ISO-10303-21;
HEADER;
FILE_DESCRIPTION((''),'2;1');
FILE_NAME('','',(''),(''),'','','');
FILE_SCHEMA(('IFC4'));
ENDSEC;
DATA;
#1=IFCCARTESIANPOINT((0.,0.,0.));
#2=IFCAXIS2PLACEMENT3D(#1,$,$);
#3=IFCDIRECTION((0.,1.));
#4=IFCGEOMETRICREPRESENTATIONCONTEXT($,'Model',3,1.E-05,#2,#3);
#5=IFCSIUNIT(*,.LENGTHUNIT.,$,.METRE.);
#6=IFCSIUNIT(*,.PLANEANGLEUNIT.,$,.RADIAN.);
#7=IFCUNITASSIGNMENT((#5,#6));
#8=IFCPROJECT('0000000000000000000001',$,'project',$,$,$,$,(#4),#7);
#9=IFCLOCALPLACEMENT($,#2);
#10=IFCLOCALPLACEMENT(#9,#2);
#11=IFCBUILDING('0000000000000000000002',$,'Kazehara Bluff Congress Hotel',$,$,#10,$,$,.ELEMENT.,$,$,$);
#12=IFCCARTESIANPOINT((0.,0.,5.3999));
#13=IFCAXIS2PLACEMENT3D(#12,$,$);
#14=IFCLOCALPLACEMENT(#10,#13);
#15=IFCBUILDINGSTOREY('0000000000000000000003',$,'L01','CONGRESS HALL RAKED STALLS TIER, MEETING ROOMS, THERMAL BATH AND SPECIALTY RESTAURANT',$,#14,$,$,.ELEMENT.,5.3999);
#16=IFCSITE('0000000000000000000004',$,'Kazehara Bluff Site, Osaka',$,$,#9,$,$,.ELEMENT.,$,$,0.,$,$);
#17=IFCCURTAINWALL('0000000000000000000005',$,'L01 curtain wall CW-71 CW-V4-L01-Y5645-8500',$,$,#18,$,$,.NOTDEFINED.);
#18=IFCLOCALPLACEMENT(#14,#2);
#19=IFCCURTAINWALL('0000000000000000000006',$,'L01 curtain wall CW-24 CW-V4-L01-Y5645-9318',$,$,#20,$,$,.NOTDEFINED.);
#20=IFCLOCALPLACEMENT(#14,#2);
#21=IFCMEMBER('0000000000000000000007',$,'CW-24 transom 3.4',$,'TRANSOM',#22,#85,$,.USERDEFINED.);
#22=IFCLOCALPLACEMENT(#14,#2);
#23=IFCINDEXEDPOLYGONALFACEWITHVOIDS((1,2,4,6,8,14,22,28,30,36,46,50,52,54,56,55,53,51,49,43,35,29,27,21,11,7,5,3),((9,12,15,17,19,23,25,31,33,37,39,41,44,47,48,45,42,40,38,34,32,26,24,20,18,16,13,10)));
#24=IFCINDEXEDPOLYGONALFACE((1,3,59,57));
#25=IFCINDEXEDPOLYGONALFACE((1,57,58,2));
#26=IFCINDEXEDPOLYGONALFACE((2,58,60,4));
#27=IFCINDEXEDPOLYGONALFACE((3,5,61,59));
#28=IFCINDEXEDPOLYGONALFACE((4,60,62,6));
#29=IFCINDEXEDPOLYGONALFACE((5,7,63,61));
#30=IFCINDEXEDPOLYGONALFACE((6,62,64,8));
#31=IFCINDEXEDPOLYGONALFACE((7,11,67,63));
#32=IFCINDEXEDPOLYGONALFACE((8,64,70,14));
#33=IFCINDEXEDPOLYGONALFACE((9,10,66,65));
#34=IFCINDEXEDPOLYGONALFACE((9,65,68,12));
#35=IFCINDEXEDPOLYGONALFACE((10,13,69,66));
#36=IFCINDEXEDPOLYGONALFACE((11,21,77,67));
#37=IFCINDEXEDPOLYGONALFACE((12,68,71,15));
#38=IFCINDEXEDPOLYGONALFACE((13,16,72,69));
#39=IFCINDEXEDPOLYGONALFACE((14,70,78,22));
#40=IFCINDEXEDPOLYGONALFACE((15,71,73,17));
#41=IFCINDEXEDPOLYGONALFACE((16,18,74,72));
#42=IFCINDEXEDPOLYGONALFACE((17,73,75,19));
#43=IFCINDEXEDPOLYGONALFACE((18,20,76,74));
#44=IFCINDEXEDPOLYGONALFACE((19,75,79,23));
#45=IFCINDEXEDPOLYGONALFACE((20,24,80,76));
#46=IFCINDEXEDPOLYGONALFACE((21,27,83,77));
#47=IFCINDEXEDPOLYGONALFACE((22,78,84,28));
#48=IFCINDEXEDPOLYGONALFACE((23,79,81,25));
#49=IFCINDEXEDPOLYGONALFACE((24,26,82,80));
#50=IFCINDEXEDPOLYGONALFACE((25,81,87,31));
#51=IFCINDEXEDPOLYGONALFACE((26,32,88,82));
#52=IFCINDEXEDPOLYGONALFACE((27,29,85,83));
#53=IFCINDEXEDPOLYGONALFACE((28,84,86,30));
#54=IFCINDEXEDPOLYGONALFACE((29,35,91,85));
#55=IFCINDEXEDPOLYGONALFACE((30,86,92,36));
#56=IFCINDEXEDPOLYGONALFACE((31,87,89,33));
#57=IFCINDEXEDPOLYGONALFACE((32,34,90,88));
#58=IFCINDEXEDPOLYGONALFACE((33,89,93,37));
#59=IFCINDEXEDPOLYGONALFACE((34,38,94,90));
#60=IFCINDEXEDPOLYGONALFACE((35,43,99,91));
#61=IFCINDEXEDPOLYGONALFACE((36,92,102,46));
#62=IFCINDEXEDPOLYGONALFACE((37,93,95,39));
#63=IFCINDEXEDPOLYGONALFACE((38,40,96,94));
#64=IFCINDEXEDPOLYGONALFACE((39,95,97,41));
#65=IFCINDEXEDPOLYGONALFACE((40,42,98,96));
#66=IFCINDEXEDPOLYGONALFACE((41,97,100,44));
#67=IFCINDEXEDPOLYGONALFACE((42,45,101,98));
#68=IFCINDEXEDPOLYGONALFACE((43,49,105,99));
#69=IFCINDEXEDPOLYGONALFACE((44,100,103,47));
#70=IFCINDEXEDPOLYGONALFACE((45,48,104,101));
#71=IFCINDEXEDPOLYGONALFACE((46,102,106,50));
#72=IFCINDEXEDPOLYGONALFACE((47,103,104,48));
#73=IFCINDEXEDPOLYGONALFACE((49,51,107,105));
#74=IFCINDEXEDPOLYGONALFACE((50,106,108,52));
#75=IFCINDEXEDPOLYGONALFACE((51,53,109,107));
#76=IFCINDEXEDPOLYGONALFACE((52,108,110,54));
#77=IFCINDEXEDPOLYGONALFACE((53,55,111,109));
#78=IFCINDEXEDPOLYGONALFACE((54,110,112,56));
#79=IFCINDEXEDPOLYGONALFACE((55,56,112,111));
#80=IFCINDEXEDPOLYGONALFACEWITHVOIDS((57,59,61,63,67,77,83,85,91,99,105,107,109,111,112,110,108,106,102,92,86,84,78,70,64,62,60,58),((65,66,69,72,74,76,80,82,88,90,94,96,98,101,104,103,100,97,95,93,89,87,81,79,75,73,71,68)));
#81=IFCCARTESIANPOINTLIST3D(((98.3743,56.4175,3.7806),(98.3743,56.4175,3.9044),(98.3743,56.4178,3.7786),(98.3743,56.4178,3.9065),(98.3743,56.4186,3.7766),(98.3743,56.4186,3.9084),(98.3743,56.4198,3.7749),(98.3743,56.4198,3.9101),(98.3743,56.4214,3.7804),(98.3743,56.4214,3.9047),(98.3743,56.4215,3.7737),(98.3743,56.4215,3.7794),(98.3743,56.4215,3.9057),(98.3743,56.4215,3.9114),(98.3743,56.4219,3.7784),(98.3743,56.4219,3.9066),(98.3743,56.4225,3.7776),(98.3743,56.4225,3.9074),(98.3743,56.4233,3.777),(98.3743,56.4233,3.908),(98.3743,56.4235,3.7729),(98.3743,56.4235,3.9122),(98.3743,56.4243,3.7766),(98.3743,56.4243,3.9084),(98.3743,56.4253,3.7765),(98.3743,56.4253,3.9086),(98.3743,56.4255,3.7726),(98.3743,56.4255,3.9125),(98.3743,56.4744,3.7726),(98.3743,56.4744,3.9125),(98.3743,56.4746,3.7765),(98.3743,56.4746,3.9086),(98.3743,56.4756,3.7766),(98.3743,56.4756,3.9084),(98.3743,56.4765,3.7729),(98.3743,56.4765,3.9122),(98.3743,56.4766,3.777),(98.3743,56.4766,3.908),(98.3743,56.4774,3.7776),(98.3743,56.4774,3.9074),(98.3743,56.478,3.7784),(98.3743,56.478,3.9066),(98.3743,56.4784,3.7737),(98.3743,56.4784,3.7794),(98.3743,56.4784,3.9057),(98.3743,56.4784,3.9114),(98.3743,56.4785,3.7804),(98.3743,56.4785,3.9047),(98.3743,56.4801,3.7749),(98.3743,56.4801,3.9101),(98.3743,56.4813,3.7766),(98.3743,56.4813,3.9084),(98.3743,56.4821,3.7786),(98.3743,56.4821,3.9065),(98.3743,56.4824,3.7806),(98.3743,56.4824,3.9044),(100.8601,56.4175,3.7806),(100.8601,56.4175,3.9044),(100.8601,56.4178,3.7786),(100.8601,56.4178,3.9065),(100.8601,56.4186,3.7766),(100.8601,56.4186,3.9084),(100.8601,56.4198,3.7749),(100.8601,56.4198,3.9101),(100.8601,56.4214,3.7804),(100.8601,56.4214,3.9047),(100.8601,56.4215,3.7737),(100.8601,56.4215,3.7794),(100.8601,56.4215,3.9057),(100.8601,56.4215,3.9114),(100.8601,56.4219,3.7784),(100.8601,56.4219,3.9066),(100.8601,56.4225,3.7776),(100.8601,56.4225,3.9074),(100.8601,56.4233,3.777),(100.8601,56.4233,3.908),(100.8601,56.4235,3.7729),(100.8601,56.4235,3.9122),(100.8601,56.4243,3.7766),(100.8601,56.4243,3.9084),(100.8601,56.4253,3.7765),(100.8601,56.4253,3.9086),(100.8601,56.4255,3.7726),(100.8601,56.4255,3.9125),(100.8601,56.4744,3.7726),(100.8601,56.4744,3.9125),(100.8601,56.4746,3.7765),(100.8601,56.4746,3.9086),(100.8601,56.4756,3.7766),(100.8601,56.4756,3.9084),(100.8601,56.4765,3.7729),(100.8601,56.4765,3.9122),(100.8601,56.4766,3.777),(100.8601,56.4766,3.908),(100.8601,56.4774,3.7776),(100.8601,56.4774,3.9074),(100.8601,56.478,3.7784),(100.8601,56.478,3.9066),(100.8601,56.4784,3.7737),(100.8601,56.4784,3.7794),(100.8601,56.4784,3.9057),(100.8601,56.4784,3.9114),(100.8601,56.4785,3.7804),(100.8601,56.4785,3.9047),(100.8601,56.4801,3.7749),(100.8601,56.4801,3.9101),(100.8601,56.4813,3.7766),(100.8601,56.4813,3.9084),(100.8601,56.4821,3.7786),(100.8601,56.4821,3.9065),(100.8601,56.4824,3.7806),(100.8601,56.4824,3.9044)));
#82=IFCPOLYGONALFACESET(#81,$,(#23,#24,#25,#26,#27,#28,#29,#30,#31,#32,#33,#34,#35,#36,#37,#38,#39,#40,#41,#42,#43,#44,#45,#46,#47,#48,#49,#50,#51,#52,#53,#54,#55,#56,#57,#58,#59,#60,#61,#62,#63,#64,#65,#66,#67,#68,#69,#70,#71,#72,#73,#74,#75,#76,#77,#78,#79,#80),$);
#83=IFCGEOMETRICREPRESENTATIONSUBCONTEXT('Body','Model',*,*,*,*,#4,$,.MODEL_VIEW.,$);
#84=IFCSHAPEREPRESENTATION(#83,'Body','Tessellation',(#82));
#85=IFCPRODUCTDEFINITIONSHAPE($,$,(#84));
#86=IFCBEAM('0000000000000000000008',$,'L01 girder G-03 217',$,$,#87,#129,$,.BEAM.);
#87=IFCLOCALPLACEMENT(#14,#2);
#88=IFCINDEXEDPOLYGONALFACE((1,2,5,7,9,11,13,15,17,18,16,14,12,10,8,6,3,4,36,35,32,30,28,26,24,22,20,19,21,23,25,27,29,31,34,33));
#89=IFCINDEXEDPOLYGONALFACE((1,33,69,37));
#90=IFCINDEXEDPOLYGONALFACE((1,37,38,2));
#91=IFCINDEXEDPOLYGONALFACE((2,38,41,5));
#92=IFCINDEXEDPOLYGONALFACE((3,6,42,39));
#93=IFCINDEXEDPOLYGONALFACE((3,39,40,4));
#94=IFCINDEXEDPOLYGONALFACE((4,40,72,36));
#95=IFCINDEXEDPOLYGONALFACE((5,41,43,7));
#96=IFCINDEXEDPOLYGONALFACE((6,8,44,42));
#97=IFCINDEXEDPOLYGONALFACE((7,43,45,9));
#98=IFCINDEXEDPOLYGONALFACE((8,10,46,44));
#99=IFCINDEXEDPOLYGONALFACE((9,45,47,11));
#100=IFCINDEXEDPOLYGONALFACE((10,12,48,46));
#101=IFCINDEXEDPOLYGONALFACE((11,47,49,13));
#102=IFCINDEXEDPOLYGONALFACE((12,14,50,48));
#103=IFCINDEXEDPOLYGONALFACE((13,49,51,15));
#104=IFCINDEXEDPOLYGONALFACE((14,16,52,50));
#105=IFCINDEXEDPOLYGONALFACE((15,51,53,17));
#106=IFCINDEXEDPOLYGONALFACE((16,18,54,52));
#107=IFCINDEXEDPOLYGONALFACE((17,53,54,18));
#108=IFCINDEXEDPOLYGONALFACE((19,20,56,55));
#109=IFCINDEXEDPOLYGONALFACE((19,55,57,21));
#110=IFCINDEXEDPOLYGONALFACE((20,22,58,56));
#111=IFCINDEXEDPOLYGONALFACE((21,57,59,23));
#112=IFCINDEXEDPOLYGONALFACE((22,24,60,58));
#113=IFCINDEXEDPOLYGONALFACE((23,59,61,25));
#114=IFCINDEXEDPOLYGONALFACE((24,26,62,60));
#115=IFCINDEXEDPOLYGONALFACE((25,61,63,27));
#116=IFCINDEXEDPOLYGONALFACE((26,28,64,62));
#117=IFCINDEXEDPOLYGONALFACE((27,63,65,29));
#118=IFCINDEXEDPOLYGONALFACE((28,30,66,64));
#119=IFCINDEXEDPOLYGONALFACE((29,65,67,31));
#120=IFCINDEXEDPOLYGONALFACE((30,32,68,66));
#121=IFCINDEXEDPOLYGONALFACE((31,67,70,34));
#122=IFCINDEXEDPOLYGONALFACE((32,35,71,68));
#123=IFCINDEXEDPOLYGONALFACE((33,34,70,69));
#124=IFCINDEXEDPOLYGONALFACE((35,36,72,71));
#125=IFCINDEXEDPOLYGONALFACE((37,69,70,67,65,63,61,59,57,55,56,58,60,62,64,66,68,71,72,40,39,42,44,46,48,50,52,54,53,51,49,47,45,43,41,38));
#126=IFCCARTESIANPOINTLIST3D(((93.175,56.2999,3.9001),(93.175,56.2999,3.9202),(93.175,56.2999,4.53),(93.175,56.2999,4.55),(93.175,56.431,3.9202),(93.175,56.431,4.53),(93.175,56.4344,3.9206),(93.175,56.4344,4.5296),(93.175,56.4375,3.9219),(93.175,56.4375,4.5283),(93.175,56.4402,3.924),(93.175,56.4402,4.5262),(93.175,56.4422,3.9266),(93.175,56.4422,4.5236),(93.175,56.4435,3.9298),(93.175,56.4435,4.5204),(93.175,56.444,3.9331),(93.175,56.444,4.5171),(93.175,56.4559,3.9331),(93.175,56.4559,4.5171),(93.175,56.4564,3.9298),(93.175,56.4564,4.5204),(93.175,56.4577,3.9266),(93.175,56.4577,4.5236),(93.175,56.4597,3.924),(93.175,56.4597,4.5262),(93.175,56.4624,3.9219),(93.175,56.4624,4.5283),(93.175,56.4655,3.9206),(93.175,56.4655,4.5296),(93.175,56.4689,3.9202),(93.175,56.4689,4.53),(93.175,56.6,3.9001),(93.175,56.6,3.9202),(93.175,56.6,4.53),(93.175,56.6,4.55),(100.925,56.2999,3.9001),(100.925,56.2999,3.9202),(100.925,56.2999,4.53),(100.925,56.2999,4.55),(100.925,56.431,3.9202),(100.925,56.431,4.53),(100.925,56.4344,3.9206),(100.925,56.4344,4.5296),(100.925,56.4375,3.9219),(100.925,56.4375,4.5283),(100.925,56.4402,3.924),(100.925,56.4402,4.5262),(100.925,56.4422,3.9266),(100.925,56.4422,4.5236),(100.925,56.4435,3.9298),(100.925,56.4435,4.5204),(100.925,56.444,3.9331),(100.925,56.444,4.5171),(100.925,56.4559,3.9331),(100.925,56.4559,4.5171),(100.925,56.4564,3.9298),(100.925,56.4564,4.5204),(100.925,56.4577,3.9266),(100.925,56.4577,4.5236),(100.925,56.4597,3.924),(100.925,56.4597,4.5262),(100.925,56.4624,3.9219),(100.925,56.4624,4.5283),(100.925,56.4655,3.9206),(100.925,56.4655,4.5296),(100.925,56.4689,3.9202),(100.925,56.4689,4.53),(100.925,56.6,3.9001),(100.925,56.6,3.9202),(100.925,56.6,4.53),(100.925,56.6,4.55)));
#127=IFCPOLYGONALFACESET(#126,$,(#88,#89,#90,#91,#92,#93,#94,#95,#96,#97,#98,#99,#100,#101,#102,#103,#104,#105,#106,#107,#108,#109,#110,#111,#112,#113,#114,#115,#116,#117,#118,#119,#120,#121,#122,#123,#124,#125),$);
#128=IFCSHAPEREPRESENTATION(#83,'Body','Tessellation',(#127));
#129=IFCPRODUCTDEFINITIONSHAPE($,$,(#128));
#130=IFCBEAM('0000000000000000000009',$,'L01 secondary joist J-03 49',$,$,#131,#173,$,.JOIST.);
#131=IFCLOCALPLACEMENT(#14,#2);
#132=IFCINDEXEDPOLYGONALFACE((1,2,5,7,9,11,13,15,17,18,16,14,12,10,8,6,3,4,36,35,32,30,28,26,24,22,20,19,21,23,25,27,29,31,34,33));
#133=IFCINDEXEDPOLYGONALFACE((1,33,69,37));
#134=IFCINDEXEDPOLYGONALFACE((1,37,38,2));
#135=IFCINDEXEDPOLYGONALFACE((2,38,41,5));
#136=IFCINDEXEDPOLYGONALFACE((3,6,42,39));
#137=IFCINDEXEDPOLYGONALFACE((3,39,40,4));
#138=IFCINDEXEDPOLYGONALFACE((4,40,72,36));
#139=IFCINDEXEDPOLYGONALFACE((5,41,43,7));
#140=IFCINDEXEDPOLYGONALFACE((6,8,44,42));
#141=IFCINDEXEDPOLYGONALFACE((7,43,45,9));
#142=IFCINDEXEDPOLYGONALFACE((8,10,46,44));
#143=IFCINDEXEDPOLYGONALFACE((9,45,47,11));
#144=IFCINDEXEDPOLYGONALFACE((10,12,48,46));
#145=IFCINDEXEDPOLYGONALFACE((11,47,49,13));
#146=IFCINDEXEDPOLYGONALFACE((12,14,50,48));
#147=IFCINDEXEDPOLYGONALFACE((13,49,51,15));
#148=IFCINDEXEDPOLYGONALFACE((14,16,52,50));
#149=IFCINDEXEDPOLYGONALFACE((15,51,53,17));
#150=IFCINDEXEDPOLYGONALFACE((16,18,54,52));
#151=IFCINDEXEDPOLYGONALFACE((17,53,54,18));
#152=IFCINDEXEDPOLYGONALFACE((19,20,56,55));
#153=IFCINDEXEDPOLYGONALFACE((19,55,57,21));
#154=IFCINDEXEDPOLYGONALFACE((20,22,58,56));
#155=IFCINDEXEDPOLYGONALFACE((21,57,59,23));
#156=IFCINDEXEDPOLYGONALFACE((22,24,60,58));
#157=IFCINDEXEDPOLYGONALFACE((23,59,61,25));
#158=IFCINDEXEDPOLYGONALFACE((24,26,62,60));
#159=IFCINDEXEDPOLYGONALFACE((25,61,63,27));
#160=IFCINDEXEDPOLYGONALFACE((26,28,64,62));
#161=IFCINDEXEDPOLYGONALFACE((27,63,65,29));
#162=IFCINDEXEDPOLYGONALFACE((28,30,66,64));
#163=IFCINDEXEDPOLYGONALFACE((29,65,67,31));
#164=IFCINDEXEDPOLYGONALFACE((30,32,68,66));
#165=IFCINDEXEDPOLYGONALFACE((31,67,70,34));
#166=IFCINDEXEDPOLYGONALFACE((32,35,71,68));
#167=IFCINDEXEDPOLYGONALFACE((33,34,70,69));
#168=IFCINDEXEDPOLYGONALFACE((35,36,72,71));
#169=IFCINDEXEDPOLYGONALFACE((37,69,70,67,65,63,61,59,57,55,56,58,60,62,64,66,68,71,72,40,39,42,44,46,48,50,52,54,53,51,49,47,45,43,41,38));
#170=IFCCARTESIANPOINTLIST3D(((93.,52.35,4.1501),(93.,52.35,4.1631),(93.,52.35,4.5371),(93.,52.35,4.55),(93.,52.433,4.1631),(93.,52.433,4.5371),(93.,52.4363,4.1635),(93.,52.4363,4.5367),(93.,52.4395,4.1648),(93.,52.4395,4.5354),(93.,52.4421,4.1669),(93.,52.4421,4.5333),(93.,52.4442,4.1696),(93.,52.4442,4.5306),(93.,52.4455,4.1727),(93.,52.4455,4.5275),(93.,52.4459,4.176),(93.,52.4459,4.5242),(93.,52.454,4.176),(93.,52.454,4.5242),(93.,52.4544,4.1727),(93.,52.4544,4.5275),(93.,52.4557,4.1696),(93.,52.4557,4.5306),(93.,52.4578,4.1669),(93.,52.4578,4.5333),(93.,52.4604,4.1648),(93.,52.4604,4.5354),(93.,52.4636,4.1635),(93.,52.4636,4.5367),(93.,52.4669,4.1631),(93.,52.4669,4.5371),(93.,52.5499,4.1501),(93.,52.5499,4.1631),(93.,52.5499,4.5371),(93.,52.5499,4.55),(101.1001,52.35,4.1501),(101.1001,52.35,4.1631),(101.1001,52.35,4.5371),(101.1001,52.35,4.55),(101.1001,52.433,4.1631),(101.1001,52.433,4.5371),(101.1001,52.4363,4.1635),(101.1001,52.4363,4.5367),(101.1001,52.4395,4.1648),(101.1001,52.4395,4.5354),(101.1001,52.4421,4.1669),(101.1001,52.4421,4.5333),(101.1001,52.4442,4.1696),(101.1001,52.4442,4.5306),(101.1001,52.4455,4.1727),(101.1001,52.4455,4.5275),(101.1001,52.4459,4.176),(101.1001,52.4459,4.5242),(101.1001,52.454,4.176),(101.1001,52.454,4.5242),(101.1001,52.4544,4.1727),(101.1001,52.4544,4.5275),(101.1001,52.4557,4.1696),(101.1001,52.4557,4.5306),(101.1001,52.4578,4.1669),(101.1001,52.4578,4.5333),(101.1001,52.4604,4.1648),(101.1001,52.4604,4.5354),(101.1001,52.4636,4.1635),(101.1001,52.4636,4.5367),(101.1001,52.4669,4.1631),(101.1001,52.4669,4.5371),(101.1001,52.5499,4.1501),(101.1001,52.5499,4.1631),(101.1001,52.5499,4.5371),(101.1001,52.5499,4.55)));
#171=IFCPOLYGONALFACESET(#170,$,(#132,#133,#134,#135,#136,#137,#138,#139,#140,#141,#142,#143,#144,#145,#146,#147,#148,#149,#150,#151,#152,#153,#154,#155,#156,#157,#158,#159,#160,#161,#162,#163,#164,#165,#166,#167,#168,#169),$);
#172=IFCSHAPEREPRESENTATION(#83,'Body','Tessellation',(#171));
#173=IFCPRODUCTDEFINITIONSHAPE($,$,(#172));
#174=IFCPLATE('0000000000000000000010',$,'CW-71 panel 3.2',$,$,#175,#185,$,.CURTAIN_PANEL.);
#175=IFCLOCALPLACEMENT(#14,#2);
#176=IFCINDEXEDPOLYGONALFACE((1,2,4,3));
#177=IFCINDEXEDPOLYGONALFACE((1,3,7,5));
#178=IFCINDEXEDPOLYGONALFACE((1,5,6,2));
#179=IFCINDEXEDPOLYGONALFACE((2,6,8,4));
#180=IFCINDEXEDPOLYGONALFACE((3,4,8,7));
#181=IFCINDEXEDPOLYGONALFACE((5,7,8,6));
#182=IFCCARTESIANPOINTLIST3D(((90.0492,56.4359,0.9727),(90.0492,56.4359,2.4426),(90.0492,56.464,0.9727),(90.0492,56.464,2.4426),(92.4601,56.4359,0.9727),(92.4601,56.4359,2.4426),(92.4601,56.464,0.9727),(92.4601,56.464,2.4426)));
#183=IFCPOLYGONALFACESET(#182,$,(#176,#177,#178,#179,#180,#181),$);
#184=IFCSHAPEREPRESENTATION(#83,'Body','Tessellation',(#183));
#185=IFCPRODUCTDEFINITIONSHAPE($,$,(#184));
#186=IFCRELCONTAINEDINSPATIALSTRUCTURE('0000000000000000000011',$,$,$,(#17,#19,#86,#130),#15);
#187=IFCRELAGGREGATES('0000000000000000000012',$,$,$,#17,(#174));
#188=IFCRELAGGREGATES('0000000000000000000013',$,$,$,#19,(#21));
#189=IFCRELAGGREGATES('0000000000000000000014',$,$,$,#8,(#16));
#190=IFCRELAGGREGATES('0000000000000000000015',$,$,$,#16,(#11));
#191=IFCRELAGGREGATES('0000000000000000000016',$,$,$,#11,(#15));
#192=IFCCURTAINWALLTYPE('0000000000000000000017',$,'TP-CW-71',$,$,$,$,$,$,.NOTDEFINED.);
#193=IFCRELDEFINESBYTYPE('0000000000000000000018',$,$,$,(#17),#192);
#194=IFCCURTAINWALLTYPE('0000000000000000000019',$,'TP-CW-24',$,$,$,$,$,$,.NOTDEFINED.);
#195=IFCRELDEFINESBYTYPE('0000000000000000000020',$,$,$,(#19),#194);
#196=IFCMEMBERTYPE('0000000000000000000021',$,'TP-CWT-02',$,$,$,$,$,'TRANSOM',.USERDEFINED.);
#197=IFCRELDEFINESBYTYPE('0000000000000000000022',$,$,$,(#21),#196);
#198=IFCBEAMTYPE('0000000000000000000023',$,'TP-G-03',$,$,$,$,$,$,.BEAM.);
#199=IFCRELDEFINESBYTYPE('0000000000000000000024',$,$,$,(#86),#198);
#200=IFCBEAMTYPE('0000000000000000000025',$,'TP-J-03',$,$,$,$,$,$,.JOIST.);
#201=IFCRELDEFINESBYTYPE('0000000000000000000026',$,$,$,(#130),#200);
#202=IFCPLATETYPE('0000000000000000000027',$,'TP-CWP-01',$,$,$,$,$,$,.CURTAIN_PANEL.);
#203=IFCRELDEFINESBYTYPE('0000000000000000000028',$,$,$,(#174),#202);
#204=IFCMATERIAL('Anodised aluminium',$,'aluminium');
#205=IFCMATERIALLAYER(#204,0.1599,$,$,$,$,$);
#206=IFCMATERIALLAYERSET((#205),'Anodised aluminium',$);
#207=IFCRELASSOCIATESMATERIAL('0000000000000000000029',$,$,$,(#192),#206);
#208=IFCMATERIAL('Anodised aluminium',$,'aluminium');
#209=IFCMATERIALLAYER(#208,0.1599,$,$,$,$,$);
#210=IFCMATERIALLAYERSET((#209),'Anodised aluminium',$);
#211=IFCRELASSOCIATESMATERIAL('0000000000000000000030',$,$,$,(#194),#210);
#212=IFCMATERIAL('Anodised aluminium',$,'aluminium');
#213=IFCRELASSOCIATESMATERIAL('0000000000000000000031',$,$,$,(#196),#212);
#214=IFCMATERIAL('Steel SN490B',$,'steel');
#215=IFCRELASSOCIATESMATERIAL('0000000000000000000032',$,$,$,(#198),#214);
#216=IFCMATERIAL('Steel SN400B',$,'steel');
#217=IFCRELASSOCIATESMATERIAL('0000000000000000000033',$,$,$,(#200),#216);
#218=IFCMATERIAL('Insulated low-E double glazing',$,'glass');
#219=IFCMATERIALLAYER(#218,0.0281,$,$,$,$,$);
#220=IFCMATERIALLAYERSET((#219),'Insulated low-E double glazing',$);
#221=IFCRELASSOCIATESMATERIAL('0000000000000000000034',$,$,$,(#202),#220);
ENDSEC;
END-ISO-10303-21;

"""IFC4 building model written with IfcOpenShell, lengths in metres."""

from ifc_helpers import new_model, si_unit, direction, frame, origin, origin_2d, place, context, subcontext, project, spatial, rectangle, hollow_rectangle, i_section, extrude, material, layer, layer_set, material_profile, profile_set, type_object, element, aggregate, save


model = new_model("IFC4")

# Units and contexts
model_context = context("Model", 3, precision=1e-05, world=origin(), true_north=direction((0.0, 1.0)))
body_context = subcontext(model_context, "Body", "Model", "MODEL_VIEW")
ifc_project = project(units=[si_unit("LENGTHUNIT", "METRE"), si_unit("PLANEANGLEUNIT", "RADIAN")], contexts=[model_context])

# Site, building, storey
site_placement = place(None, origin())
site = spatial("IfcSite", under=ifc_project, at=site_placement, Name="Kazehara Bluff Site, Osaka", CompositionType="ELEMENT", RefElevation=0.0)
building_placement = place(site_placement, origin())
building = spatial("IfcBuilding", under=site, at=building_placement, Name="Kazehara Bluff Congress Hotel", CompositionType="ELEMENT")
storey_placement = place(building_placement, frame((0.0, 0.0, 5.3999)))
storey = spatial("IfcBuildingStorey", under=building, at=storey_placement, Name="L01", Description="CONGRESS HALL RAKED STALLS TIER, MEETING ROOMS, THERMAL BATH AND SPECIALTY RESTAURANT", CompositionType="ELEMENT", Elevation=5.3999)

# Curtain wall
ifc_material_1 = material(Name="Anodised aluminium", Category="aluminium")
ifc_layer_1 = layer(ifc_material_1, 0.1599)
ifc_layer_set_1 = layer_set([ifc_layer_1], Name="Anodised aluminium")
curtain_wall_type_1 = type_object("IfcCurtainWallType", Name="TP-CW-71", PredefinedType="NOTDEFINED", material=ifc_layer_set_1)
curtain_wall_1_placement = place(storey_placement, origin())
curtain_wall_1 = element("IfcCurtainWall", 1, at=curtain_wall_1_placement, inside=storey, type_object=curtain_wall_type_1, Name="L01 curtain wall CW-71 CW-V4-L01-Y5645-8500", PredefinedType="NOTDEFINED")

# Curtain wall, member
ifc_material_2 = material(Name="Anodised aluminium", Category="aluminium")
ifc_layer_2 = layer(ifc_material_2, 0.1599)
ifc_layer_set_2 = layer_set([ifc_layer_2], Name="Anodised aluminium")
curtain_wall_type_2 = type_object("IfcCurtainWallType", Name="TP-CW-24", PredefinedType="NOTDEFINED", material=ifc_layer_set_2)
curtain_wall_2_placement = place(storey_placement, origin())
curtain_wall_2 = element("IfcCurtainWall", 2, at=curtain_wall_2_placement, inside=storey, type_object=curtain_wall_type_2, Name="L01 curtain wall CW-24 CW-V4-L01-Y5645-9318", PredefinedType="NOTDEFINED")
ifc_material_3 = material(Name="Anodised aluminium", Category="aluminium")
ifc_material_profile_1 = material_profile(ifc_material_3, hollow_rectangle(XDim=0.0649, YDim=0.1399, WallThickness=0.0039, InnerFilletRadius=0.0039, OuterFilletRadius=0.0081, at=origin_2d()))
ifc_profile_set_1 = profile_set([ifc_material_profile_1], Name="Anodised aluminium")
member_type_1 = type_object("IfcMemberType", Name="TP-CWT-02", ElementType="TRANSOM", PredefinedType="USERDEFINED", material=ifc_profile_set_1)
member_1_placement = place(storey_placement, frame((98.3743, 56.45, 3.8425), z_axis=(1.0, 0.0, 0.0), x_axis=(0.0, 1.0, 0.0)))
member_1 = element("IfcMember", 3, at=member_1_placement, type_object=member_type_1, Name="CW-24 transom 3.4", ObjectType="TRANSOM", PredefinedType="USERDEFINED", context=body_context, shape_type="SweptSolid", body=[
    extrude(hollow_rectangle(XDim=0.0649, YDim=0.1399, WallThickness=0.0039, InnerFilletRadius=0.0039, OuterFilletRadius=0.0081, at=origin_2d()), origin(), (0.0, 0.0, 1.0), 2.4858),
])

# Beams
ifc_material_4 = material(Name="Steel SN490B", Category="steel")
ifc_material_profile_2 = material_profile(ifc_material_4, i_section(OverallWidth=0.3, OverallDepth=0.6499, WebThickness=0.012, FlangeThickness=0.02, FilletRadius=0.0129, at=origin_2d()))
ifc_profile_set_2 = profile_set([ifc_material_profile_2], Name="Steel SN490B")
beam_type_1 = type_object("IfcBeamType", Name="TP-G-03", PredefinedType="BEAM", material=ifc_profile_set_2)
beam_1_placement = place(storey_placement, frame((93.175, 56.45, 4.2251), z_axis=(1.0, 0.0, 0.0), x_axis=(0.0, 1.0, 0.0)))
element("IfcBeam", 4, at=beam_1_placement, inside=storey, type_object=beam_type_1, Name="L01 girder G-03 217", PredefinedType="BEAM", context=body_context, shape_type="SweptSolid", body=[
    extrude(i_section(OverallWidth=0.3, OverallDepth=0.6499, WebThickness=0.012, FlangeThickness=0.02, FilletRadius=0.0129, at=origin_2d()), origin(), (0.0, 0.0, 1.0), 7.75),
])
ifc_material_5 = material(Name="Steel SN400B", Category="steel")
ifc_material_profile_3 = material_profile(ifc_material_5, i_section(OverallWidth=0.2, OverallDepth=0.3999, WebThickness=0.0081, FlangeThickness=0.0129, FilletRadius=0.0129, at=origin_2d()))
ifc_profile_set_3 = profile_set([ifc_material_profile_3], Name="Steel SN400B")
beam_type_2 = type_object("IfcBeamType", Name="TP-J-03", PredefinedType="JOIST", material=ifc_profile_set_3)
beam_2_placement = place(storey_placement, frame((93.0, 52.45, 4.3501), z_axis=(1.0, 0.0, 0.0), x_axis=(0.0, 1.0, 0.0)))
element("IfcBeam", 5, at=beam_2_placement, inside=storey, type_object=beam_type_2, Name="L01 secondary joist J-03 49", PredefinedType="JOIST", context=body_context, shape_type="SweptSolid", body=[
    extrude(i_section(OverallWidth=0.2, OverallDepth=0.3999, WebThickness=0.0081, FlangeThickness=0.0129, FilletRadius=0.0129, at=origin_2d()), origin(), (0.0, 0.0, 1.0), 8.1001),
])

# Plate
ifc_material_6 = material(Name="Insulated low-E double glazing", Category="glass")
ifc_layer_3 = layer(ifc_material_6, 0.0281)
ifc_layer_set_3 = layer_set([ifc_layer_3], Name="Insulated low-E double glazing")
plate_type = type_object("IfcPlateType", Name="TP-CWP-01", PredefinedType="CURTAIN_PANEL", material=ifc_layer_set_3)
plate_1_placement = place(storey_placement, frame((91.2546, 56.45, 0.9727), z_axis=(0.0, 0.0, 1.0), x_axis=(1.0, 0.0, 0.0)))
plate_1 = element("IfcPlate", 6, at=plate_1_placement, type_object=plate_type, Name="CW-71 panel 3.2", PredefinedType="CURTAIN_PANEL", context=body_context, shape_type="SweptSolid", body=[
    extrude(rectangle(XDim=2.4109, YDim=0.0281, at=origin_2d()), origin(), (0.0, 0.0, 1.0), 1.47),
])
aggregate(curtain_wall_1, [plate_1])
aggregate(curtain_wall_2, [member_1])

save(model, "model.ifc")
